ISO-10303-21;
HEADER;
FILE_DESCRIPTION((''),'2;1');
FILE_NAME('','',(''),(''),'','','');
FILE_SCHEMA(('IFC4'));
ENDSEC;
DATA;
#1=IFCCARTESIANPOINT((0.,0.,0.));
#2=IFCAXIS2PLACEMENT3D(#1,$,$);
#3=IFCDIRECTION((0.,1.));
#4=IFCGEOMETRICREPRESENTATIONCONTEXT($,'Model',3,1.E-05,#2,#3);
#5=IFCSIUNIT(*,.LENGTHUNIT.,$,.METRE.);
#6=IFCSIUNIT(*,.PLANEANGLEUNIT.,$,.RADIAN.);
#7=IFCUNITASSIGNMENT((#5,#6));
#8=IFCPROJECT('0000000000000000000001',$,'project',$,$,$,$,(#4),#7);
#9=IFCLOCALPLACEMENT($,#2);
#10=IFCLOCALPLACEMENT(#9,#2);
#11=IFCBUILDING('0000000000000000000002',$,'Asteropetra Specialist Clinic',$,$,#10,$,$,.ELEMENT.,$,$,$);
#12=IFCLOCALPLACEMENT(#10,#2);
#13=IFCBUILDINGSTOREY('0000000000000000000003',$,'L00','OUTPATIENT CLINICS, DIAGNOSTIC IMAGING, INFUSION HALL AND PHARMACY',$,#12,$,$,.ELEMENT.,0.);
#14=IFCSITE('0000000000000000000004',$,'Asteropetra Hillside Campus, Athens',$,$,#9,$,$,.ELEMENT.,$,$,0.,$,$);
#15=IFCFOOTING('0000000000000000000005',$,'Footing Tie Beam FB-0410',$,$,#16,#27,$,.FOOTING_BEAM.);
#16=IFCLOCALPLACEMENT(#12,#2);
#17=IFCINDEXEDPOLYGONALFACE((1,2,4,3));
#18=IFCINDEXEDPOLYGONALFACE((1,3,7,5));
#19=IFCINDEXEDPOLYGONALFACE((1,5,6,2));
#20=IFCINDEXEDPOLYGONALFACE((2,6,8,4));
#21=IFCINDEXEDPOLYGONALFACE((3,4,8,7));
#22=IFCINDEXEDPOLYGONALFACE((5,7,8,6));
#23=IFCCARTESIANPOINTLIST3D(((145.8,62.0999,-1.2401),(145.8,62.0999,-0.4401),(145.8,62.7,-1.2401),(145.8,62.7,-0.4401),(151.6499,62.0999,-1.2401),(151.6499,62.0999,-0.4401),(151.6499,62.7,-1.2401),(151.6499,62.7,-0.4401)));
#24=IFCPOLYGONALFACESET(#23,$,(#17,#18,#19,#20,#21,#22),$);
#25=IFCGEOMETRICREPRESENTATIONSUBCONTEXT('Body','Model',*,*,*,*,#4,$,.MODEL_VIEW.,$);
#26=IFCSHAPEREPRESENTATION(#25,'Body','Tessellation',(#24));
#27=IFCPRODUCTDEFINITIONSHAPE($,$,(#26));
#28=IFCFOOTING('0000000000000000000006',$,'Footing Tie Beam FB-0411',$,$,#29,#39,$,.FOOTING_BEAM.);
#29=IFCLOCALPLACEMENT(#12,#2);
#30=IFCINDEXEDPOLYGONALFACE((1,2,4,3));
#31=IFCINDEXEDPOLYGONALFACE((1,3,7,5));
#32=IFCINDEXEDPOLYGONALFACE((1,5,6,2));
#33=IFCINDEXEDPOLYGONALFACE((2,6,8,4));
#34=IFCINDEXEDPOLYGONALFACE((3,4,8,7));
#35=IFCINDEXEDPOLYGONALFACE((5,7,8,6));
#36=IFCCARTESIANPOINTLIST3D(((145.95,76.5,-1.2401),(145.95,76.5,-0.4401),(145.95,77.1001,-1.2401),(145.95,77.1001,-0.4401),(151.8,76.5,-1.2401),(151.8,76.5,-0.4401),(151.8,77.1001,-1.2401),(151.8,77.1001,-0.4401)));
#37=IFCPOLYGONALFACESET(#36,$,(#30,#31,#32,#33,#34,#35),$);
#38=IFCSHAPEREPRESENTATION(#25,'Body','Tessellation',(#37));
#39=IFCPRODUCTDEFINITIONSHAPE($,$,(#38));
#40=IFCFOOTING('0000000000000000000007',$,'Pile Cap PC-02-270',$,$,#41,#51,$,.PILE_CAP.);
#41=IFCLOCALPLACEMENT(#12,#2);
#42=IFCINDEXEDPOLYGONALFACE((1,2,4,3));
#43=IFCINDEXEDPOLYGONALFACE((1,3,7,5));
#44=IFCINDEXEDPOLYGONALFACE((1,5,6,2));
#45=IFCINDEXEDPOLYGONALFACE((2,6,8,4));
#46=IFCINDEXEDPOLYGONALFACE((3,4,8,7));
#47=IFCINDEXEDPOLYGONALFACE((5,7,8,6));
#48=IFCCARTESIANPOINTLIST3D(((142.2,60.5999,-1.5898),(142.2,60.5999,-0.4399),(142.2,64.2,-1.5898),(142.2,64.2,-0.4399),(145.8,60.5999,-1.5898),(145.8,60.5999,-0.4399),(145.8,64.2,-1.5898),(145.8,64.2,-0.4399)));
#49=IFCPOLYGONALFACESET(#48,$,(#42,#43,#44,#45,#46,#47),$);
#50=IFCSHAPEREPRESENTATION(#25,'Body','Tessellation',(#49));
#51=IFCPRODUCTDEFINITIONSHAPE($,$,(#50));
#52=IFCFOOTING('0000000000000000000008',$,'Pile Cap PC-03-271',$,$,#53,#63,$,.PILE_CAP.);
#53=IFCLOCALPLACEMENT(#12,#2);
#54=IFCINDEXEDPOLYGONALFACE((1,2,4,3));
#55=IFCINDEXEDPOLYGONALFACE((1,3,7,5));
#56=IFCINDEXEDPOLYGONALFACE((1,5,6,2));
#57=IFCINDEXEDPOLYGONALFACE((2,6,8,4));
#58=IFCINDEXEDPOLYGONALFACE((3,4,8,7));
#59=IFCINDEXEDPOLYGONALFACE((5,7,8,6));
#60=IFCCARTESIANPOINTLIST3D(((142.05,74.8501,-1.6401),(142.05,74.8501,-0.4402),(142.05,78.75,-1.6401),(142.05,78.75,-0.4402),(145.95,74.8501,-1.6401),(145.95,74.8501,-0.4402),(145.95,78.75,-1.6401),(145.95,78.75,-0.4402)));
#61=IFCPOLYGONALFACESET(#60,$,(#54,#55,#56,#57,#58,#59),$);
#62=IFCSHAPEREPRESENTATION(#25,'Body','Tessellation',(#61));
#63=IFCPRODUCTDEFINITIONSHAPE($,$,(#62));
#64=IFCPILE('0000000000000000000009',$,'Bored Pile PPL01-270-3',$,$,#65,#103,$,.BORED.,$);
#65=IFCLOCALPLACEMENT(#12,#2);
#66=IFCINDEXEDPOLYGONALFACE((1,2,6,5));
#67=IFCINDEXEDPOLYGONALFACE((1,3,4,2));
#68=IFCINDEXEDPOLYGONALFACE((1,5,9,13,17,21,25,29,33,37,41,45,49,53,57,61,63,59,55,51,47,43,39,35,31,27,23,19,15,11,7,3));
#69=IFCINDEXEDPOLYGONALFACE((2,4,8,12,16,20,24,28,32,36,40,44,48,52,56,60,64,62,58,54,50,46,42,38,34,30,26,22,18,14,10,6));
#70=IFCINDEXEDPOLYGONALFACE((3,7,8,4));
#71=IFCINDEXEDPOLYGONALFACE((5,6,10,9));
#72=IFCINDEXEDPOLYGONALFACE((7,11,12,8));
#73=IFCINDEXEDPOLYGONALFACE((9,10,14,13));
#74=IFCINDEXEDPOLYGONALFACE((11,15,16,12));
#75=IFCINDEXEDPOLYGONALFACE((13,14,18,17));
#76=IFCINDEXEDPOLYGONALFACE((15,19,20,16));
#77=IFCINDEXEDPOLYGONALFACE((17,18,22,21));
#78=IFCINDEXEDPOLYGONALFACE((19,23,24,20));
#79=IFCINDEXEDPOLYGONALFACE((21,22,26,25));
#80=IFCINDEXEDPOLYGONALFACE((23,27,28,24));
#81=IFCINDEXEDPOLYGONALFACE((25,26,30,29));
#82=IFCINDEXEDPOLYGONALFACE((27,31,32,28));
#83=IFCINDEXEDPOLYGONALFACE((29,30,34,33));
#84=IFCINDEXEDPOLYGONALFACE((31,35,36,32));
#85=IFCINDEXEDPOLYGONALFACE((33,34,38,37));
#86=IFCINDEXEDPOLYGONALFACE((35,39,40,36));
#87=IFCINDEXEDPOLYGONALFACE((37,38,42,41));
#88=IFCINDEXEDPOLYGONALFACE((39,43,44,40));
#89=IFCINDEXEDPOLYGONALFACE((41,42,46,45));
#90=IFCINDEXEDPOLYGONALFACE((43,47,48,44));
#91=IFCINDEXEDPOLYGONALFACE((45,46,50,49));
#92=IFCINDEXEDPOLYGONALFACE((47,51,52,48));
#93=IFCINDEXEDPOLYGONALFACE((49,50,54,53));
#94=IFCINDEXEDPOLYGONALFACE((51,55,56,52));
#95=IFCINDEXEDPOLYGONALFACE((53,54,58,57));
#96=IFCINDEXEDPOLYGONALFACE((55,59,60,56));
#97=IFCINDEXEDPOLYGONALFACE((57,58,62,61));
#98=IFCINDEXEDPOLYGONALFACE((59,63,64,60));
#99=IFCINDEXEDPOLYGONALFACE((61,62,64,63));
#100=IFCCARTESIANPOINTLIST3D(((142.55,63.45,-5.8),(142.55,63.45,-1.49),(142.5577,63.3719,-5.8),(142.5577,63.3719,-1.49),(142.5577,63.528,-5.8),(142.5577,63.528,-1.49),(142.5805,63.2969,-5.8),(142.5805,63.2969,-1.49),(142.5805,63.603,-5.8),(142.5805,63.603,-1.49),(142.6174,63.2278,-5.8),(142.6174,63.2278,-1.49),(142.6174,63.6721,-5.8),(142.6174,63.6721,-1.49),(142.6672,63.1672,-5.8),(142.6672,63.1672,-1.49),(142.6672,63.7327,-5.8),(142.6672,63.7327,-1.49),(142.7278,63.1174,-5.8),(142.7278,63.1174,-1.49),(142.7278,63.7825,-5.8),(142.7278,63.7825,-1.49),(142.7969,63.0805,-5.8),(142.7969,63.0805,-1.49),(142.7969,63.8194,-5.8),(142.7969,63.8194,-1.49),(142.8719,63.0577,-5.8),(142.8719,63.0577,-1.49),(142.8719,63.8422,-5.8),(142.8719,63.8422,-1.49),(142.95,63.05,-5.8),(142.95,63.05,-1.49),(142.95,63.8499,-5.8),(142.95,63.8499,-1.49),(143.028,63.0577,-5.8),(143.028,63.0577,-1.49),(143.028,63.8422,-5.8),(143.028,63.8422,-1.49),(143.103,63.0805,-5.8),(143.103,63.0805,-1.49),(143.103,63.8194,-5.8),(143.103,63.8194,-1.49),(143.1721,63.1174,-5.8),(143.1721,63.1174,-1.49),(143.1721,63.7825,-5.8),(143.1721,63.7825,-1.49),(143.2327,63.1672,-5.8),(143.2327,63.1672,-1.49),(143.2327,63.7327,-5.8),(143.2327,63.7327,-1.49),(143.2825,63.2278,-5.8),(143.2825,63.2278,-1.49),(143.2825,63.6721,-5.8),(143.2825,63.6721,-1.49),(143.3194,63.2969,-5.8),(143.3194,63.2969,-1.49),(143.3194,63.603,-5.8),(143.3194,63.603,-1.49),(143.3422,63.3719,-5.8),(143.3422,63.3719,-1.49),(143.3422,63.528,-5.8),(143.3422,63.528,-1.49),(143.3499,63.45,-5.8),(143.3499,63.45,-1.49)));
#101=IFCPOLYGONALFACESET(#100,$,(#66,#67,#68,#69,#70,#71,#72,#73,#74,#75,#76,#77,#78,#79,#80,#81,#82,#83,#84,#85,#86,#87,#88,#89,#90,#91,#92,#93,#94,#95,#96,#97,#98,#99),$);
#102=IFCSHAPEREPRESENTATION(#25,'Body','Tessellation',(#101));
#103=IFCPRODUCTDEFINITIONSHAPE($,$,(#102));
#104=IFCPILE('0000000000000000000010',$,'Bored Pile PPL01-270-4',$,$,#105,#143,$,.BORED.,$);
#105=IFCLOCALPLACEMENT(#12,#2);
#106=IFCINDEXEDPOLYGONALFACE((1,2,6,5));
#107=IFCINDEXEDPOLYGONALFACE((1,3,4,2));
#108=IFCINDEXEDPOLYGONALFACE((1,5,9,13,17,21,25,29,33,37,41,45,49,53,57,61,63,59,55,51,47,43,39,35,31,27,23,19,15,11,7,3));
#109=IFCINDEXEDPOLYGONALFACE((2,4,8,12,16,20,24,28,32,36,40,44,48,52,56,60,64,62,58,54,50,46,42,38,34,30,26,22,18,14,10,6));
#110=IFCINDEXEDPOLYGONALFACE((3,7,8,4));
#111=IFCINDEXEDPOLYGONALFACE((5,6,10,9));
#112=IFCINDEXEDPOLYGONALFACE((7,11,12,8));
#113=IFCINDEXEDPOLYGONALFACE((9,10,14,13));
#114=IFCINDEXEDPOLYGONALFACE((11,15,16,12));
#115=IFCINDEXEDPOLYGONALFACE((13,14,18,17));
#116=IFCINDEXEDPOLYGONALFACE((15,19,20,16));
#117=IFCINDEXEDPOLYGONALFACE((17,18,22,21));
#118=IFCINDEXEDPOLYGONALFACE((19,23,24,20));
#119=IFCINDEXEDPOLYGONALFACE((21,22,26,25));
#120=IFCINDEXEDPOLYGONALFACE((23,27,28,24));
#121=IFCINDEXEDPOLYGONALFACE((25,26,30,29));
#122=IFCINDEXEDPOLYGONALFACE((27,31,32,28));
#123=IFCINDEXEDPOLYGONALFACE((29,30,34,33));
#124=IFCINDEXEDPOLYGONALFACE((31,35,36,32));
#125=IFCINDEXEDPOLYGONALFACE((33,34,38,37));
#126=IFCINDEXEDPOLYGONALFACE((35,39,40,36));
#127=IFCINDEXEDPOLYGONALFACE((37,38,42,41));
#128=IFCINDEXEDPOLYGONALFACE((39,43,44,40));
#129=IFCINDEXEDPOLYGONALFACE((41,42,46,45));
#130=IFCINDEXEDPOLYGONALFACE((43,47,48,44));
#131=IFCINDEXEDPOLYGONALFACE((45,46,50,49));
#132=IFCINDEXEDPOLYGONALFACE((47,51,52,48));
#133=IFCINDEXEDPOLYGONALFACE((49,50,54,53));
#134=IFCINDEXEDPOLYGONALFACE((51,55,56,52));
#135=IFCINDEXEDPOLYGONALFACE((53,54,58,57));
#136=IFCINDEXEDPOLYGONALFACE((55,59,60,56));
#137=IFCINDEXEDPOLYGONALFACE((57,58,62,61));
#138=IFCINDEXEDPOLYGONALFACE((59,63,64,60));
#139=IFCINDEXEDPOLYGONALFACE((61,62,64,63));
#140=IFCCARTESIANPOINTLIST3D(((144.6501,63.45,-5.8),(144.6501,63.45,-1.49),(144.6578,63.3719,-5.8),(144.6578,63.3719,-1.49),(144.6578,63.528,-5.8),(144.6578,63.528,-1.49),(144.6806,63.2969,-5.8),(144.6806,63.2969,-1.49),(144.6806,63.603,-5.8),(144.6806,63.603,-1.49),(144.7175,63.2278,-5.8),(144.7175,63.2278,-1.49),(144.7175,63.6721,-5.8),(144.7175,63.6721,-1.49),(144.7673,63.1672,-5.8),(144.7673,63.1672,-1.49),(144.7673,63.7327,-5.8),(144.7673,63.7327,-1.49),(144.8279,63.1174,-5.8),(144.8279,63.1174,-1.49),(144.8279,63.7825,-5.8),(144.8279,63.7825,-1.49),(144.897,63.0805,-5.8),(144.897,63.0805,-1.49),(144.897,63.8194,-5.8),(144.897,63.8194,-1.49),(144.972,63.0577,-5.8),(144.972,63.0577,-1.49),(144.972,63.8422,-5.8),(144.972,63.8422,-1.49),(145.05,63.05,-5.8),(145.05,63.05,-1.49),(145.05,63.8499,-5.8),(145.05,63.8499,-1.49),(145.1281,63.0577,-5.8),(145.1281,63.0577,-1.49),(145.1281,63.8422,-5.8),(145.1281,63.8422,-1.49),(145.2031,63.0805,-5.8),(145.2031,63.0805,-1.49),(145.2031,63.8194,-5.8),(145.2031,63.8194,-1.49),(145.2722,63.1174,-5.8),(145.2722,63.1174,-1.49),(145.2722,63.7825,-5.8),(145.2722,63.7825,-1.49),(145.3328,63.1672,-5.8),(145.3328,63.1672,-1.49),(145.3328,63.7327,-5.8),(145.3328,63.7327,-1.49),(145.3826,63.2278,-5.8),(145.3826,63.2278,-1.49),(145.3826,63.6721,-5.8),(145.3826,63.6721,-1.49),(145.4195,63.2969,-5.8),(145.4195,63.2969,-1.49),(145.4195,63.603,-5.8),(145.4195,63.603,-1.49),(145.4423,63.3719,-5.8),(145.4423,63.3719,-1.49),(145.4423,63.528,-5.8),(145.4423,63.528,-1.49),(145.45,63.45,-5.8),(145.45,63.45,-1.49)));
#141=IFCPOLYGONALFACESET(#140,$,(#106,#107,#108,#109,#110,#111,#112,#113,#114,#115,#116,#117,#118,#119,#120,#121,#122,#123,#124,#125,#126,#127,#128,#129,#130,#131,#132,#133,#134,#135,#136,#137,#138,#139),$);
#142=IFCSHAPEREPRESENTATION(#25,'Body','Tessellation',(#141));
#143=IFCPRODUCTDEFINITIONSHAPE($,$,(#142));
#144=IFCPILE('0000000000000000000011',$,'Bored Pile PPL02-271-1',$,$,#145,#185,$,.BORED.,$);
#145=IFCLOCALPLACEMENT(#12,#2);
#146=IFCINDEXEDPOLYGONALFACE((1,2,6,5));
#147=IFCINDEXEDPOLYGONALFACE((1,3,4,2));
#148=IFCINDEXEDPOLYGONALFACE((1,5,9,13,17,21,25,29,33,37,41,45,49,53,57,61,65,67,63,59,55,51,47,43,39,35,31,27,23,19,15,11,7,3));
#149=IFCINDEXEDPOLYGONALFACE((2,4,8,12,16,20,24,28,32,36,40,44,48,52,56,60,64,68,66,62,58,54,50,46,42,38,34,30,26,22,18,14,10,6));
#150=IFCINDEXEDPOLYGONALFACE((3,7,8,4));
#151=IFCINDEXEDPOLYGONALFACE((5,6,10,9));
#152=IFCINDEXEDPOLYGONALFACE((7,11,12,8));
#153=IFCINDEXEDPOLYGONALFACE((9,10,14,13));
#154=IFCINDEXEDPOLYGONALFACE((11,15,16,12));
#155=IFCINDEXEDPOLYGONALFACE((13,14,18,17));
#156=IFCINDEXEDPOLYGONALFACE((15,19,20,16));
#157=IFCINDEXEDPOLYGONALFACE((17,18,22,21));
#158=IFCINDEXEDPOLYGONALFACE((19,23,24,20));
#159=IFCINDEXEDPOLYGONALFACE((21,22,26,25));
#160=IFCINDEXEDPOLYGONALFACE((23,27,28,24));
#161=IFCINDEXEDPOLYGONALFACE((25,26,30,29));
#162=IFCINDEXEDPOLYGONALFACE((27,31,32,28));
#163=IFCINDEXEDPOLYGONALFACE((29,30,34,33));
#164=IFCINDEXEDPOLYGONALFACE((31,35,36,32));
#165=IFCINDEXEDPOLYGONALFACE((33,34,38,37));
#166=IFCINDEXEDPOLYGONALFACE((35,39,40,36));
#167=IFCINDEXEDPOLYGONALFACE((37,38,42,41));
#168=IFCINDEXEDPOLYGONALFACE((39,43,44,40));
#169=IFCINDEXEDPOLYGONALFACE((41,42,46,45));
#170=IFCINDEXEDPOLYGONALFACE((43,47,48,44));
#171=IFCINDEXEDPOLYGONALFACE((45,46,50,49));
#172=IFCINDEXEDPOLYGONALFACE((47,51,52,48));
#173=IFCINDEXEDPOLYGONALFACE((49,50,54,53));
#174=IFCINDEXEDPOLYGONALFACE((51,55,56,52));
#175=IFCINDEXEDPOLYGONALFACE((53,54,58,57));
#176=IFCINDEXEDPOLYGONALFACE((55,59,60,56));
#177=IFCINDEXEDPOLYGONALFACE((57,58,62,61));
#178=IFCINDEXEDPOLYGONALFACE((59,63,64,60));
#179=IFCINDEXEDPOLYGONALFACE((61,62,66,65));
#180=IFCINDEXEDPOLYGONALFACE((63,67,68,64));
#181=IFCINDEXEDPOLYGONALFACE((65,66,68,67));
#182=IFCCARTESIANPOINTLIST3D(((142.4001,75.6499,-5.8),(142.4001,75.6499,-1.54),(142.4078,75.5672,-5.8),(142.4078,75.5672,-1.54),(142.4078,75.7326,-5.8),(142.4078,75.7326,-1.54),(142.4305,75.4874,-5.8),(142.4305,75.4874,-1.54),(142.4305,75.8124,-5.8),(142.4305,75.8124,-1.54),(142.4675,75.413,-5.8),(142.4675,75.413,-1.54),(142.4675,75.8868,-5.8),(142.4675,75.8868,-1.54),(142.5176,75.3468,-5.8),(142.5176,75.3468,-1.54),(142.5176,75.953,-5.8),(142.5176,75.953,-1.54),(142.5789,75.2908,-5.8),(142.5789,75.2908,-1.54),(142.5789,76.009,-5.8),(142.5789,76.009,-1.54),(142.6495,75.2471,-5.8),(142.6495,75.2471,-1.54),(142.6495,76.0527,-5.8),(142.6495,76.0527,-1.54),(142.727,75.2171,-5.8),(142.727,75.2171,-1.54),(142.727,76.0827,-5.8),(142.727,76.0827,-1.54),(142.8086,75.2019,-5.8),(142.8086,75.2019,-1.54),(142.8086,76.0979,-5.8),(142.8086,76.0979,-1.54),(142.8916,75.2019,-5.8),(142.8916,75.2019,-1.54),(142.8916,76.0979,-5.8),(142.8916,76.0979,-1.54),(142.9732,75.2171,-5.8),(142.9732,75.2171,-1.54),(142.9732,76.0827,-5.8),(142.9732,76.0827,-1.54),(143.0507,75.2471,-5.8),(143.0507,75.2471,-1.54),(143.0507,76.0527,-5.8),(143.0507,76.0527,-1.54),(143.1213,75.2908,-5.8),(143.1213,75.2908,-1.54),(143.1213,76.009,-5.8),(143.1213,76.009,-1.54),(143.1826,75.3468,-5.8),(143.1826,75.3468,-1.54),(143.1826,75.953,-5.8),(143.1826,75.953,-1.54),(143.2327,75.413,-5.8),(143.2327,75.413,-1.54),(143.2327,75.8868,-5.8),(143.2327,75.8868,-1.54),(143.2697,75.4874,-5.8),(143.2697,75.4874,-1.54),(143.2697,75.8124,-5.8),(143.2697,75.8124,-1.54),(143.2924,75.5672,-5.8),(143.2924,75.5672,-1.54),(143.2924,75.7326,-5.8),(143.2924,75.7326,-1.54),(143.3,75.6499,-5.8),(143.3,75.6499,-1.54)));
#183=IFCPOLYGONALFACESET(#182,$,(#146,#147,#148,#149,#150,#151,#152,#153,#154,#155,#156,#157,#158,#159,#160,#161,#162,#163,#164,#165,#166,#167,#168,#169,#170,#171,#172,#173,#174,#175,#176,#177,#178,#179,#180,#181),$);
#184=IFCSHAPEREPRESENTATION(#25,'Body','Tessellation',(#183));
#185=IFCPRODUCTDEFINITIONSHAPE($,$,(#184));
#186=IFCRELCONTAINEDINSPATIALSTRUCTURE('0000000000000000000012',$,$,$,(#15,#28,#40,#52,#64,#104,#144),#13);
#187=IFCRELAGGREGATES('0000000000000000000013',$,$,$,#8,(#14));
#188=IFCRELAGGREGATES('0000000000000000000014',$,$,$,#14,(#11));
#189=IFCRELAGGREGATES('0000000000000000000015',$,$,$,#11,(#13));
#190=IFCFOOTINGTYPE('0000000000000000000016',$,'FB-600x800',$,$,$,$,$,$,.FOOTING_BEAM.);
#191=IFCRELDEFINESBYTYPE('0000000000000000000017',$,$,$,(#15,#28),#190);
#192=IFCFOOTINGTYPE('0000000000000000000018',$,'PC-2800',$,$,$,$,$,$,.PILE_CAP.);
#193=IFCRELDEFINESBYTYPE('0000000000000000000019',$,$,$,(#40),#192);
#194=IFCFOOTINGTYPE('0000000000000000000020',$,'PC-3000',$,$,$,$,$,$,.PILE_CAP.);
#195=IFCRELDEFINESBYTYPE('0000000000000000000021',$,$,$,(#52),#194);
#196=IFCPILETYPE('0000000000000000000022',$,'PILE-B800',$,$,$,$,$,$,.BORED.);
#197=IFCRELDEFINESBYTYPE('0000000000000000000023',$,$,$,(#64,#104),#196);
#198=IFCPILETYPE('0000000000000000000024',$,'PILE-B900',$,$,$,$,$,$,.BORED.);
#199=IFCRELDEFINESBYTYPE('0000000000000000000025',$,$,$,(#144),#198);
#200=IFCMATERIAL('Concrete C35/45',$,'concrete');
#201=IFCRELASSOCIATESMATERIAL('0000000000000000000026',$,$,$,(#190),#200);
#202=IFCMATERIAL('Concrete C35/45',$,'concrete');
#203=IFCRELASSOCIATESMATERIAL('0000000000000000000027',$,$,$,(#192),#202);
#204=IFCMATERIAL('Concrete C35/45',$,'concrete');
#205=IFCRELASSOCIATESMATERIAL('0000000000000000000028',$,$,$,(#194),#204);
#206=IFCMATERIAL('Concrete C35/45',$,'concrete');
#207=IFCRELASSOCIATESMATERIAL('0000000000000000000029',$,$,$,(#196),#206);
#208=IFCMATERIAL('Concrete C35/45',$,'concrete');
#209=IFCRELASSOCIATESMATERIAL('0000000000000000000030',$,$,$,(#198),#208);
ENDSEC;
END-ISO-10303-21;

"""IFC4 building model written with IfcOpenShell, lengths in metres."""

from ifc_helpers import new_model, si_unit, direction, frame, origin, origin_2d, place, context, subcontext, project, spatial, rectangle, circle, extrude, material, material_profile, profile_set, type_object, element, save


model = new_model("IFC4")

# Units and contexts
model_context = context("Model", 3, precision=1e-05, world=origin(), true_north=direction((0.0, 1.0)))
body_context = subcontext(model_context, "Body", "Model", "MODEL_VIEW")
ifc_project = project(units=[si_unit("LENGTHUNIT", "METRE"), si_unit("PLANEANGLEUNIT", "RADIAN")], contexts=[model_context])

# Site, building, storey
site_placement = place(None, origin())
site = spatial("IfcSite", under=ifc_project, at=site_placement, Name="Asteropetra Hillside Campus, Athens", CompositionType="ELEMENT", RefElevation=0.0)
building_placement = place(site_placement, origin())
building = spatial("IfcBuilding", under=site, at=building_placement, Name="Asteropetra Specialist Clinic", CompositionType="ELEMENT")
storey_placement = place(building_placement, origin())
storey = spatial("IfcBuildingStorey", under=building, at=storey_placement, Name="L00", Description="OUTPATIENT CLINICS, DIAGNOSTIC IMAGING, INFUSION HALL AND PHARMACY", CompositionType="ELEMENT", Elevation=0.0)

# Footings
ifc_material_1 = material(Name="Concrete C35/45", Category="concrete")
ifc_material_profile_1 = material_profile(ifc_material_1, rectangle(XDim=0.6001, YDim=0.8, at=origin_2d()), Name="FB 600x800")
ifc_profile_set_1 = profile_set([ifc_material_profile_1], Name="Concrete C35/45")
footing_type_1 = type_object("IfcFootingType", Name="FB-600x800", PredefinedType="FOOTING_BEAM", material=ifc_profile_set_1)
footing_1_placement = place(storey_placement, frame((145.8, 62.3999, -0.8401), z_axis=(1.0, 0.0, 0.0), x_axis=(0.0, 1.0, 0.0)))
element("IfcFooting", 1, at=footing_1_placement, inside=storey, type_object=footing_type_1, Name="Footing Tie Beam FB-0410", PredefinedType="FOOTING_BEAM", context=body_context, shape_type="SweptSolid", body=[
    extrude(rectangle(XDim=0.6001, YDim=0.8, at=origin_2d()), origin(), (0.0, 0.0, 1.0), 5.8499),
])
footing_2_placement = place(storey_placement, frame((145.95, 76.8, -0.8401), z_axis=(1.0, 0.0, 0.0), x_axis=(0.0, 1.0, 0.0)))
element("IfcFooting", 2, at=footing_2_placement, inside=storey, type_object=footing_type_1, Name="Footing Tie Beam FB-0411", PredefinedType="FOOTING_BEAM", context=body_context, shape_type="SweptSolid", body=[
    extrude(rectangle(XDim=0.6001, YDim=0.8, at=origin_2d()), origin(), (0.0, 0.0, 1.0), 5.8501),
])
ifc_material_2 = material(Name="Concrete C35/45", Category="concrete")
footing_type_2 = type_object("IfcFootingType", Name="PC-2800", PredefinedType="PILE_CAP", material=ifc_material_2)
footing_3_placement = place(storey_placement, frame((144.0, 62.3999, -1.5898), z_axis=(0.0, 0.0, 1.0), x_axis=(1.0, 0.0, 0.0)))
element("IfcFooting", 3, at=footing_3_placement, inside=storey, type_object=footing_type_2, Name="Pile Cap PC-02-270", PredefinedType="PILE_CAP", context=body_context, shape_type="SweptSolid", body=[
    extrude(rectangle(XDim=3.6001, YDim=3.6001, at=origin_2d()), origin(), (0.0, 0.0, 1.0), 1.1499),
])
ifc_material_3 = material(Name="Concrete C35/45", Category="concrete")
footing_type_3 = type_object("IfcFootingType", Name="PC-3000", PredefinedType="PILE_CAP", material=ifc_material_3)
footing_4_placement = place(storey_placement, frame((144.0, 76.8, -1.6401), z_axis=(0.0, 0.0, 1.0), x_axis=(1.0, 0.0, 0.0)))
element("IfcFooting", 4, at=footing_4_placement, inside=storey, type_object=footing_type_3, Name="Pile Cap PC-03-271", PredefinedType="PILE_CAP", context=body_context, shape_type="SweptSolid", body=[
    extrude(rectangle(XDim=3.8999, YDim=3.8999, at=origin_2d()), origin(), (0.0, 0.0, 1.0), 1.2),
])

# Piles
ifc_material_4 = material(Name="Concrete C35/45", Category="concrete")
ifc_material_profile_2 = material_profile(ifc_material_4, circle(Radius=0.3999, at=origin_2d()), Name="PILE D800")
ifc_profile_set_2 = profile_set([ifc_material_profile_2], Name="Concrete C35/45")
pile_type_1 = type_object("IfcPileType", Name="PILE-B800", PredefinedType="BORED", material=ifc_profile_set_2)
for number, where, z_axis, x_axis, name in (
    (5, (142.95, 63.45, -1.49), (0.0, 0.0, -1.0), (1.0, 0.0, 0.0), "Bored Pile PPL01-270-3"),
    (6, (145.05, 63.45, -1.49), (0.0, 0.0, -1.0), (1.0, 0.0, 0.0), "Bored Pile PPL01-270-4"),
):
    element("IfcPile", number, at=place(storey_placement, frame(where, z_axis=z_axis, x_axis=x_axis)), inside=storey, type_object=pile_type_1, Name=name, PredefinedType="BORED", context=body_context, shape_type="SweptSolid", body=[
        extrude(circle(Radius=0.3999, at=origin_2d()), origin(), (0.0, 0.0, 1.0), 4.3101),
    ])
ifc_material_5 = material(Name="Concrete C35/45", Category="concrete")
ifc_material_profile_3 = material_profile(ifc_material_5, circle(Radius=0.45, at=origin_2d()), Name="PILE D900")
ifc_profile_set_3 = profile_set([ifc_material_profile_3], Name="Concrete C35/45")
pile_type_2 = type_object("IfcPileType", Name="PILE-B900", PredefinedType="BORED", material=ifc_profile_set_3)
for number, where, z_axis, x_axis, name in (
    (7, (142.8501, 75.6499, -1.54), (0.0, 0.0, -1.0), (1.0, 0.0, 0.0), "Bored Pile PPL02-271-1"),
):
    element("IfcPile", number, at=place(storey_placement, frame(where, z_axis=z_axis, x_axis=x_axis)), inside=storey, type_object=pile_type_2, Name=name, PredefinedType="BORED", context=body_context, shape_type="SweptSolid", body=[
        extrude(circle(Radius=0.45, at=origin_2d()), origin(), (0.0, 0.0, 1.0), 4.26),
    ])

save(model, "model.ifc")
